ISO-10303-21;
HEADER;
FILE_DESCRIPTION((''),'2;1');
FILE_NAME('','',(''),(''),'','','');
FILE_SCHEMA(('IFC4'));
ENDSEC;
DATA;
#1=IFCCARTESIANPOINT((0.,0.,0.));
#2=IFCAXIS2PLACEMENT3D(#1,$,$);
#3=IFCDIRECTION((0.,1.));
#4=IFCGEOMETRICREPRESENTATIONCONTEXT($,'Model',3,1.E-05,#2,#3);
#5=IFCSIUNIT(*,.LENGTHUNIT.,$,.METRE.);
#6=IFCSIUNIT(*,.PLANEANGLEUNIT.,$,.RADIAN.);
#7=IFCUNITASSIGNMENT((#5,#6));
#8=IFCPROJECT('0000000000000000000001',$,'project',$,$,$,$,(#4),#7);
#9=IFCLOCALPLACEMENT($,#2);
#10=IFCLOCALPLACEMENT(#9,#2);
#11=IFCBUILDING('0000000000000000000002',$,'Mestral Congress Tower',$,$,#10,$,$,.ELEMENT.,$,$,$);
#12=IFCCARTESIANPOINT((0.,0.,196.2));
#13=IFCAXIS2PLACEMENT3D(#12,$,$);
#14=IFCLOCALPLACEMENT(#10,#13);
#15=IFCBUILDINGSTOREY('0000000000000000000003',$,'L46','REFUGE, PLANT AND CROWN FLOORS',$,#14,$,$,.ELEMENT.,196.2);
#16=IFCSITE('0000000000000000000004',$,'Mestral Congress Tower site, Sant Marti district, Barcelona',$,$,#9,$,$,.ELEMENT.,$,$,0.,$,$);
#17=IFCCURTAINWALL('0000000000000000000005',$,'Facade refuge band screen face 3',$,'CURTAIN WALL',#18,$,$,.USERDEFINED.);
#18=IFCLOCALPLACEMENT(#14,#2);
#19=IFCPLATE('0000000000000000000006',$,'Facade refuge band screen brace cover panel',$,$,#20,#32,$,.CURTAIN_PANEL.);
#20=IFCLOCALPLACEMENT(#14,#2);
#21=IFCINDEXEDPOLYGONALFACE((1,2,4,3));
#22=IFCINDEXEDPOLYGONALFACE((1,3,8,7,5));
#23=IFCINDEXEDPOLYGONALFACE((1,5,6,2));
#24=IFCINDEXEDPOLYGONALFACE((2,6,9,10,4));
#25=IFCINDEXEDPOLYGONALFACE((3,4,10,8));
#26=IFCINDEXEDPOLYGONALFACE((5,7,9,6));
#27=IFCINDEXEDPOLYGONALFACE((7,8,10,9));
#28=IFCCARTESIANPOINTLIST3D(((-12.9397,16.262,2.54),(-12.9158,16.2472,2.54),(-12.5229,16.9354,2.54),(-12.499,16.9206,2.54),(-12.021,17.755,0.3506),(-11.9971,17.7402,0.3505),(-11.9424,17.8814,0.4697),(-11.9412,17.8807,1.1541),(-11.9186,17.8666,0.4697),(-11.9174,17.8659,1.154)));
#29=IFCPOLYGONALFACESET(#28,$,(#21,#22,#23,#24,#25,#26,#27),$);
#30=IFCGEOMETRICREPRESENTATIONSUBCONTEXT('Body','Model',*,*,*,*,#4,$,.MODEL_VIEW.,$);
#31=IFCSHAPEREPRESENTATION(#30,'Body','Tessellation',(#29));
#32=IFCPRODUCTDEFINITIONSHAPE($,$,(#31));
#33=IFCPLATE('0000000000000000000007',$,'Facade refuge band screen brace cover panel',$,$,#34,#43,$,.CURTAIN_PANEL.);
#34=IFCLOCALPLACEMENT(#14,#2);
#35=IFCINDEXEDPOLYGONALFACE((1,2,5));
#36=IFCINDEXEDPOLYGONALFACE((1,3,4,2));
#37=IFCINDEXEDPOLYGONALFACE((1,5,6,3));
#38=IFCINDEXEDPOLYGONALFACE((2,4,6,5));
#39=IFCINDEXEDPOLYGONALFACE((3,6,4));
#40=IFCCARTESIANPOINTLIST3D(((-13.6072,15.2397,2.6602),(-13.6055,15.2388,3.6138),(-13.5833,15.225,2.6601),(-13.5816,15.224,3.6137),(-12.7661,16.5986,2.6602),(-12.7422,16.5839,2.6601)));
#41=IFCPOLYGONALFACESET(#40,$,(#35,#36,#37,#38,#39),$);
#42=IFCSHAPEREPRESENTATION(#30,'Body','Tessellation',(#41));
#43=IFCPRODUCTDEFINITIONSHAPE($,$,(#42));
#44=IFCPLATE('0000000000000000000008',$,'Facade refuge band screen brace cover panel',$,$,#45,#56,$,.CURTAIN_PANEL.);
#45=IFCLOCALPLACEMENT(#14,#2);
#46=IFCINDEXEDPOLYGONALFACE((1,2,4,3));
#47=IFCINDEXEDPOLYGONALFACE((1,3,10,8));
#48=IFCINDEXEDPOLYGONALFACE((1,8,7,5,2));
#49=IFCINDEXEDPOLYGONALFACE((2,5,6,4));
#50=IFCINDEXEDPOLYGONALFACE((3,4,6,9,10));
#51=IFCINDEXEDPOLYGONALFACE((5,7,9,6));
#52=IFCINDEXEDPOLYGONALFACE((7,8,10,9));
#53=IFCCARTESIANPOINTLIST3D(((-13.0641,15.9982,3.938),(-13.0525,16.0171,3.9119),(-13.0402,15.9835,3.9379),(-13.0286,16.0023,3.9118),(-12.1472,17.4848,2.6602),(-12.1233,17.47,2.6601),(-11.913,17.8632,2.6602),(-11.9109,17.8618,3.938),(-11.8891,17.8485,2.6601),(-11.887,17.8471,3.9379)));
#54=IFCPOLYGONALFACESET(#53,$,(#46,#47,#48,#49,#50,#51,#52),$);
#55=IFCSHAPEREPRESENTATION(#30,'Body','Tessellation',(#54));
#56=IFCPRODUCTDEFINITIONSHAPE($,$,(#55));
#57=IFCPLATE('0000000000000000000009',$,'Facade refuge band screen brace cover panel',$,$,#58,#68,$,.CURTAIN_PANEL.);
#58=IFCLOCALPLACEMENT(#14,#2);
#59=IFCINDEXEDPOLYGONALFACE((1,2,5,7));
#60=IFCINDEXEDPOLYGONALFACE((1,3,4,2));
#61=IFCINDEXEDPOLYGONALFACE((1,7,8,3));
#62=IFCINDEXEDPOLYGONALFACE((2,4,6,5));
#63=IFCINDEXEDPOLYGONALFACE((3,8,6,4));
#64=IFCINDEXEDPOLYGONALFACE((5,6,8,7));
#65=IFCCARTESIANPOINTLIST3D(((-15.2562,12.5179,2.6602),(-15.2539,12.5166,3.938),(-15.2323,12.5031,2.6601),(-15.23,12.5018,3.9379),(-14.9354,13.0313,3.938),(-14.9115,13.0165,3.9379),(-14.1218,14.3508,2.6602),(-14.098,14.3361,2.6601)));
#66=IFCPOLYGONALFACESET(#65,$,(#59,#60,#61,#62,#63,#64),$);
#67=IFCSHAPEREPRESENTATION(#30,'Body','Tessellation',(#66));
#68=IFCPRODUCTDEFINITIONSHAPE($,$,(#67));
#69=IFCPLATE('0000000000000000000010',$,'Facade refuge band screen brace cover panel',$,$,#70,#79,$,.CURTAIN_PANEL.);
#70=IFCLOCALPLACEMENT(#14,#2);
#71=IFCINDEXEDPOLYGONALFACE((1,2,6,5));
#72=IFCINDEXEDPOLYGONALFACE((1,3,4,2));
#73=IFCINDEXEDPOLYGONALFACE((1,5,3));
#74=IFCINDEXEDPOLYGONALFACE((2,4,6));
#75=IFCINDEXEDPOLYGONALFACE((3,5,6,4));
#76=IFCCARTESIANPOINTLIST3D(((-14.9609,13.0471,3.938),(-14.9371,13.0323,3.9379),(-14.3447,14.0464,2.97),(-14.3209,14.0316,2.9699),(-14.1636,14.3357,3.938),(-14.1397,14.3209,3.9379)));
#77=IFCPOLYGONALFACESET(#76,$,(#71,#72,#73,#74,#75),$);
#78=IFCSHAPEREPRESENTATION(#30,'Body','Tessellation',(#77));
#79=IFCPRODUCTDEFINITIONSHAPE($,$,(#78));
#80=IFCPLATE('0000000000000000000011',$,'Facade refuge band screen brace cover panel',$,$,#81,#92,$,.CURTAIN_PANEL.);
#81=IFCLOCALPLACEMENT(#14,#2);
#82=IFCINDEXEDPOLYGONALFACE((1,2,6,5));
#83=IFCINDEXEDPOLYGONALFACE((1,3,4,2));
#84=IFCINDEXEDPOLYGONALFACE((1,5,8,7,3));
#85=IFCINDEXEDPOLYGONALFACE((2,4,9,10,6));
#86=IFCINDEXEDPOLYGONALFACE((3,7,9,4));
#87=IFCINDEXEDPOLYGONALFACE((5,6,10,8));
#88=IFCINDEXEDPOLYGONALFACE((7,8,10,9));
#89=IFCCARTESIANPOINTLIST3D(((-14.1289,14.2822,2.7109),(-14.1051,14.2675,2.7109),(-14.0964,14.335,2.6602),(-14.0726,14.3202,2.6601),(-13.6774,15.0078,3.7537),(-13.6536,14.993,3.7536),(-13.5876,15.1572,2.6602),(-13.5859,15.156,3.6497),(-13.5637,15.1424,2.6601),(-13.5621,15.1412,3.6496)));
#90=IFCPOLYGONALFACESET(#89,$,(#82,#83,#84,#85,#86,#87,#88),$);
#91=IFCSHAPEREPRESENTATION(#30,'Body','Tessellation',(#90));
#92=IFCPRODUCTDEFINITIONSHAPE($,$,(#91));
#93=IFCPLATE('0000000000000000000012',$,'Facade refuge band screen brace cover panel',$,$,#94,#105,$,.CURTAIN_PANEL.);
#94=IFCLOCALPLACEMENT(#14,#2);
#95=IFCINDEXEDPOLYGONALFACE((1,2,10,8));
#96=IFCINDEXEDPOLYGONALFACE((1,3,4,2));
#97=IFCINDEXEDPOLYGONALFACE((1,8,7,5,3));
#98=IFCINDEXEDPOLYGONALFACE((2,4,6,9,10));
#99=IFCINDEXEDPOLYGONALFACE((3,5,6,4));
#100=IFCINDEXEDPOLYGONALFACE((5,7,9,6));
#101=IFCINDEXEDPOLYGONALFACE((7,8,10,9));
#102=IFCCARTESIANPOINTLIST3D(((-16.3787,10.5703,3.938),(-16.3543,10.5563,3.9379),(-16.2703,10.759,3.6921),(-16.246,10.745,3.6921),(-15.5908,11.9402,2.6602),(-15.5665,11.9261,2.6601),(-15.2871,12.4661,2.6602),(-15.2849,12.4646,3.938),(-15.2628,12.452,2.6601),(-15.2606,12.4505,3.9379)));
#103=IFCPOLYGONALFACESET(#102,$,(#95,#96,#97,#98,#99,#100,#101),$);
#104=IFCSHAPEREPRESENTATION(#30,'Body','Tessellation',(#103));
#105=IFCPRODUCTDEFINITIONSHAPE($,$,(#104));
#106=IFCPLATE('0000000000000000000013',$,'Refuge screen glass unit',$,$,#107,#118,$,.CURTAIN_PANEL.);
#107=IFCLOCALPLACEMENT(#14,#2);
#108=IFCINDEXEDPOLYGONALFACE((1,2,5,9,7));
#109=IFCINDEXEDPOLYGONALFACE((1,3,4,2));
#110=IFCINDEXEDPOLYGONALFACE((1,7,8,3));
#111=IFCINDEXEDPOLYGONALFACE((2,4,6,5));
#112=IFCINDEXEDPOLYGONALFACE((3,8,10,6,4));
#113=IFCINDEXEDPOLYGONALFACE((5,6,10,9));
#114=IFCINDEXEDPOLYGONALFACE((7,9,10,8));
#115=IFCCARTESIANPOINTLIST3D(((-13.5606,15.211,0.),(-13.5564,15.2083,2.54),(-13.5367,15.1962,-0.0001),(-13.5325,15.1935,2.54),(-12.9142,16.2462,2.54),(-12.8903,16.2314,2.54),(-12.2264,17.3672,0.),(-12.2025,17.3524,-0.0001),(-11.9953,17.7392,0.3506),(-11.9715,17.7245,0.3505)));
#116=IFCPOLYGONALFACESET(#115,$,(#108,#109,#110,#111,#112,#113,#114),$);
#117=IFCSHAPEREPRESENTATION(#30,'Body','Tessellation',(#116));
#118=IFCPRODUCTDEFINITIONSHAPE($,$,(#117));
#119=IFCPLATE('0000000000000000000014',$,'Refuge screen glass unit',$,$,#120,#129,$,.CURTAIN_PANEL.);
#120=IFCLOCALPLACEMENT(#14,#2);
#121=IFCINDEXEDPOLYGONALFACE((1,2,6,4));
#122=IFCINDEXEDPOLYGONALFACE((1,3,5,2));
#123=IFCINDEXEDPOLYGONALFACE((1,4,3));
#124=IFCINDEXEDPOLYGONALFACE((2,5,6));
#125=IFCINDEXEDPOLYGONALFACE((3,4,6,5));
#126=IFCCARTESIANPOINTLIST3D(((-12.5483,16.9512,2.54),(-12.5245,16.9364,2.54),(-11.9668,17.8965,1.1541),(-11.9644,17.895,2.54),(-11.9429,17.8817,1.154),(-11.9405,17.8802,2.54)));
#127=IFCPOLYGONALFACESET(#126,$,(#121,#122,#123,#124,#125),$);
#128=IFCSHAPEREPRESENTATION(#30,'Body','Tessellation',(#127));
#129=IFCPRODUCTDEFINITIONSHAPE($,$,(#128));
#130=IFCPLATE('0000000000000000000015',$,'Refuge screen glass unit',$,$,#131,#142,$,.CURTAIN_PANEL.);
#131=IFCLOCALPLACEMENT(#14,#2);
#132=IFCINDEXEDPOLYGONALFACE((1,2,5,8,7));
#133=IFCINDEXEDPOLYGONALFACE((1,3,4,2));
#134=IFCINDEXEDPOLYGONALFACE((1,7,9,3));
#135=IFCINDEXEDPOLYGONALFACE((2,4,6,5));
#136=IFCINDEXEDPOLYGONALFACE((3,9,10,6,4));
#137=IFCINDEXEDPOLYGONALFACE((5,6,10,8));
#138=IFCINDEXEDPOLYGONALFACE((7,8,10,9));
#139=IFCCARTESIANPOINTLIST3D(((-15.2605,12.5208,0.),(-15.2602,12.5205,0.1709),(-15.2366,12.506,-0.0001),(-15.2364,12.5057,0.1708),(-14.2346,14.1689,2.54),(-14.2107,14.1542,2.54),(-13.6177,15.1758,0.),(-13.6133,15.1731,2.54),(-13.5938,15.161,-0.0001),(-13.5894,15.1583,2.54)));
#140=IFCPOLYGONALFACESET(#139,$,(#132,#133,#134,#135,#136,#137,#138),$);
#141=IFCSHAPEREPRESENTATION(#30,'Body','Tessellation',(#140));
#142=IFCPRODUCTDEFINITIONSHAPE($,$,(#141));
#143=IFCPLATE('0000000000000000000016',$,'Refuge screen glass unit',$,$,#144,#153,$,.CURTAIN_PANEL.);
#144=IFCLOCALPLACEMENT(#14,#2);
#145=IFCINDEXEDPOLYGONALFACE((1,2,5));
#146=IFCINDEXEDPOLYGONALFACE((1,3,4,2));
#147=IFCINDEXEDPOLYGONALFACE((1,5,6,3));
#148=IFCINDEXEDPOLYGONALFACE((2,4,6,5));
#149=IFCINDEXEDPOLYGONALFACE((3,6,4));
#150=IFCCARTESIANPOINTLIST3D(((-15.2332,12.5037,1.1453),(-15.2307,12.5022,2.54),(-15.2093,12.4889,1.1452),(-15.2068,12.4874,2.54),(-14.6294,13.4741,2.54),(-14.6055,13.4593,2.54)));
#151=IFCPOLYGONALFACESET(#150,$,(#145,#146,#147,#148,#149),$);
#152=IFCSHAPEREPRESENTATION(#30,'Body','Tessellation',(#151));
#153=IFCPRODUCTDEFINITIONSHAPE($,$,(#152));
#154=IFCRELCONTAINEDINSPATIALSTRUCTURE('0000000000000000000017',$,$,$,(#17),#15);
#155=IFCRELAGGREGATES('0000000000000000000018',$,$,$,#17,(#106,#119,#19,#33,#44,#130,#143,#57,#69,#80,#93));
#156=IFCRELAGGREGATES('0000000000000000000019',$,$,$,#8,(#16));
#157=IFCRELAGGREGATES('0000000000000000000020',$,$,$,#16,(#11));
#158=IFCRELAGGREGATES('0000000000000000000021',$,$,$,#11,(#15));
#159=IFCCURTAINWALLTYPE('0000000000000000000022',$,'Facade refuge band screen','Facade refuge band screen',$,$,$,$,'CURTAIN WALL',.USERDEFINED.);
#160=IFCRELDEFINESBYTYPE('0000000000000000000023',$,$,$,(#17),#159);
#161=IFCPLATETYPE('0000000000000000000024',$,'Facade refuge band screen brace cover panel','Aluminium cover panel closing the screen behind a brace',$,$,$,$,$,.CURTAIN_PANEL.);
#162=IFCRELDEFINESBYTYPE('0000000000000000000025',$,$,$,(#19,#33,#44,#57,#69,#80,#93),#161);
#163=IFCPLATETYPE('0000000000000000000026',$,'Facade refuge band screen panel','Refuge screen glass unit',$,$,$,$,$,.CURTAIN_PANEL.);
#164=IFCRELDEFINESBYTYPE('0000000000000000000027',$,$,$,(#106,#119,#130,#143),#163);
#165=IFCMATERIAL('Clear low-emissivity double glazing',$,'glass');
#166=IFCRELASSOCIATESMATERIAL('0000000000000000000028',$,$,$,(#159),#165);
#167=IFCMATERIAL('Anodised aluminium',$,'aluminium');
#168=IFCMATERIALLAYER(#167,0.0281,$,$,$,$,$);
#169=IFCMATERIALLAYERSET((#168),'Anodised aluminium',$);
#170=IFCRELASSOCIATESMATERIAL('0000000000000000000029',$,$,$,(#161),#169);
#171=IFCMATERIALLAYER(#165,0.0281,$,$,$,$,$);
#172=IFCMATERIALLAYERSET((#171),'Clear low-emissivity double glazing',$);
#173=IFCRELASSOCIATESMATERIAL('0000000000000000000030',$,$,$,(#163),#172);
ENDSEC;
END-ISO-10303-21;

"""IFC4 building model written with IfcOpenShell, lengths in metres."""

from ifc_helpers import new_model, si_unit, direction, frame, origin, place, context, subcontext, project, spatial, polyline, outline, extrude, material, layer, layer_set, type_object, element, aggregate, save


model = new_model("IFC4")

# Units and contexts
model_context = context("Model", 3, precision=1e-05, world=origin(), true_north=direction((0.0, 1.0)))
body_context = subcontext(model_context, "Body", "Model", "MODEL_VIEW")
ifc_project = project(units=[si_unit("LENGTHUNIT", "METRE"), si_unit("PLANEANGLEUNIT", "RADIAN")], contexts=[model_context])

# Site, building, storey
site_placement = place(None, origin())
site = spatial("IfcSite", under=ifc_project, at=site_placement, Name="Mestral Congress Tower site, Sant Marti district, Barcelona", CompositionType="ELEMENT", RefElevation=0.0)
building_placement = place(site_placement, origin())
building = spatial("IfcBuilding", under=site, at=building_placement, Name="Mestral Congress Tower", CompositionType="ELEMENT")
storey_placement = place(building_placement, frame((0.0, 0.0, 196.2)))
storey = spatial("IfcBuildingStorey", under=building, at=storey_placement, Name="L46", Description="REFUGE, PLANT AND CROWN FLOORS", CompositionType="ELEMENT", Elevation=196.2)

# Curtain wall
ifc_material_1 = material(Name="Clear low-emissivity double glazing", Category="glass")
curtain_wall_type = type_object("IfcCurtainWallType", Name="Facade refuge band screen", Description="Facade refuge band screen", ElementType="CURTAIN WALL", PredefinedType="USERDEFINED", material=ifc_material_1)
curtain_wall_placement = place(storey_placement, origin())
curtain_wall = element("IfcCurtainWall", 1, at=curtain_wall_placement, inside=storey, type_object=curtain_wall_type, Name="Facade refuge band screen face 3", ObjectType="CURTAIN WALL", PredefinedType="USERDEFINED")
ifc_material_2 = material(Name="Anodised aluminium", Category="aluminium")

# Plates
ifc_layer_1 = layer(ifc_material_2, 0.0281)
ifc_layer_set_1 = layer_set([ifc_layer_1], Name="Anodised aluminium")
plate_type_1 = type_object("IfcPlateType", Name="Facade refuge band screen brace cover panel", Description="Aluminium cover panel closing the screen behind a brace", PredefinedType="CURTAIN_PANEL", material=ifc_layer_set_1)
plate_1_placement = place(storey_placement, frame((-12.9397, 16.262, 2.54), z_axis=(-0.850307, 0.526283, 0.00208), x_axis=(0.327558, 0.532316, -0.780606)))
plate_1 = element("IfcPlate", 2, at=plate_1_placement, type_object=plate_type_1, Name="Facade refuge band screen brace cover panel", PredefinedType="CURTAIN_PANEL", context=body_context, shape_type="SweptSolid", body=[
    extrude(outline(polyline([(0.0, 0.0), (2.8048, 0.0), (2.8048, -0.1906), (2.2706, -0.6183), (0.495, -0.6182), (0.0, 0.0)])), origin(), (0.0, 0.0, -1.0), 0.0281),
])
plate_2_placement = place(storey_placement, frame((-12.7661, 16.5986, 2.6602), z_axis=(-0.850306, 0.526285, 0.002063), x_axis=(-0.451037, -0.730737, 0.512434)))
plate_2 = element("IfcPlate", 3, at=plate_2_placement, type_object=plate_type_1, Name="Facade refuge band screen brace cover panel", PredefinedType="CURTAIN_PANEL", context=body_context, shape_type="SweptSolid", body=[
    extrude(outline(polyline([(0.0, 0.0), (1.8609, 0.0), (1.3723, -0.8189), (0.0, 0.0)])), origin(), (0.0, 0.0, -1.0), 0.0281),
])
plate_3_placement = place(storey_placement, frame((-13.0525, 16.0171, 3.9119), z_axis=(-0.850359, 0.526199, 0.001963), x_axis=(0.424866, 0.688792, -0.587414)))
plate_3 = element("IfcPlate", 4, at=plate_3_placement, type_object=plate_type_1, Name="Facade refuge band screen brace cover panel", PredefinedType="CURTAIN_PANEL", context=body_context, shape_type="SweptSolid", body=[
    extrude(outline(polyline([(0.0, 0.0), (2.1309, 0.0), (2.491, -0.2614), (1.7403, -1.2955), (-0.0333, -0.0081), (0.0, 0.0)])), origin(), (0.0, 0.0, -1.0), 0.0281),
])
plate_4_placement = place(storey_placement, frame((-15.2539, 12.5166, 3.938), z_axis=(-0.850333, 0.526241, 0.002035), x_axis=(-0.001779, 0.000992, -0.999998)))
plate_4 = element("IfcPlate", 5, at=plate_4_placement, type_object=plate_type_1, Name="Facade refuge band screen brace cover panel", PredefinedType="CURTAIN_PANEL", context=body_context, shape_type="SweptSolid", body=[
    extrude(outline(polyline([(0.0, 0.0), (1.2778, 0.0), (1.2776, -2.1556), (-0.0001, -0.6053), (0.0, 0.0)])), origin(), (0.0, 0.0, -1.0), 0.0281),
])
plate_5_placement = place(storey_placement, frame((-14.9609, 13.0471, 3.938), z_axis=(-0.85036, 0.526198, 0.001872), x_axis=(0.404972, 0.656715, -0.636178)))
plate_5 = element("IfcPlate", 6, at=plate_5_placement, type_object=plate_type_1, Name="Facade refuge band screen brace cover panel", PredefinedType="CURTAIN_PANEL", context=body_context, shape_type="SweptSolid", body=[
    extrude(outline(polyline([(0.0, 0.0), (1.5216, 0.0), (1.1691, -0.964), (0.0, 0.0)])), origin(), (0.0, 0.0, -1.0), 0.0281),
])
plate_6_placement = place(storey_placement, frame((-14.0964, 14.335, 2.6602), z_axis=(-0.850347, 0.526218, 0.002059), x_axis=(0.52622, 0.850349, 0.0)))
plate_6 = element("IfcPlate", 7, at=plate_6_placement, type_object=plate_type_1, Name="Facade refuge band screen brace cover panel", PredefinedType="CURTAIN_PANEL", context=body_context, shape_type="SweptSolid", body=[
    extrude(outline(polyline([(0.0, 0.0), (0.9669, 0.0), (0.9668, -0.9895), (0.7926, -1.0935), (-0.0619, -0.0508), (0.0, 0.0)])), origin(), (0.0, 0.0, -1.0), 0.0281),
])
plate_7_placement = place(storey_placement, frame((-15.2871, 12.4661, 2.6602), z_axis=(-0.866001, 0.500038, 0.002089), x_axis=(0.001743, -0.00116, 0.999998)))
plate_7 = element("IfcPlate", 8, at=plate_7_placement, type_object=plate_type_1, Name="Facade refuge band screen brace cover panel", PredefinedType="CURTAIN_PANEL", context=body_context, shape_type="SweptSolid", body=[
    extrude(outline(polyline([(0.0, 0.0), (1.2778, 0.0), (1.2781, -2.1874), (1.0322, -1.9698), (0.0001, -0.6073), (0.0, 0.0)])), origin(), (0.0, 0.0, -1.0), 0.0281),
])
ifc_layer_2 = layer(ifc_material_1, 0.0281)
ifc_layer_set_2 = layer_set([ifc_layer_2], Name="Clear low-emissivity double glazing")
plate_type_2 = type_object("IfcPlateType", Name="Facade refuge band screen panel", Description="Refuge screen glass unit", PredefinedType="CURTAIN_PANEL", material=ifc_layer_set_2)
plate_8_placement = place(storey_placement, frame((-13.5564, 15.2083, 2.54), z_axis=(-0.850363, 0.526193, 0.001972), x_axis=(-0.001656, 0.001071, -0.999998)))
plate_8 = element("IfcPlate", 9, at=plate_8_placement, type_object=plate_type_2, Name="Refuge screen glass unit", PredefinedType="CURTAIN_PANEL", context=body_context, shape_type="SweptSolid", body=[
    extrude(outline(polyline([(0.0, 0.0), (2.54, 0.0), (2.5401, -2.5357), (2.1896, -2.9736), (0.0, -1.2205), (0.0, 0.0)])), origin(), (0.0, 0.0, -1.0), 0.0281),
])
plate_9_placement = place(storey_placement, frame((-11.9644, 17.895, 2.54), z_axis=(-0.850385, 0.526157, 0.002054), x_axis=(-0.526158, -0.850387, 0.0)))
plate_9 = element("IfcPlate", 10, at=plate_9_placement, type_object=plate_type_2, Name="Refuge screen glass unit", PredefinedType="CURTAIN_PANEL", context=body_context, shape_type="SweptSolid", body=[
    extrude(outline(polyline([(0.0, 0.0), (1.1099, 0.0), (0.0, -1.386), (0.0, 0.0)])), origin(), (0.0, 0.0, -1.0), 0.0281),
])
plate_10_placement = place(storey_placement, frame((-13.6133, 15.1731, 2.54), z_axis=(-0.850371, 0.52618, 0.002023), x_axis=(-0.526181, -0.850373, 0.0)))
plate_10 = element("IfcPlate", 11, at=plate_10_placement, type_object=plate_type_2, Name="Refuge screen glass unit", PredefinedType="CURTAIN_PANEL", context=body_context, shape_type="SweptSolid", body=[
    extrude(outline(polyline([(0.0, 0.0), (1.1808, 0.0), (3.1223, -2.3691), (3.1222, -2.54), (0.0, -2.54), (0.0, 0.0)])), origin(), (0.0, 0.0, -1.0), 0.0281),
])
plate_11_placement = place(storey_placement, frame((-15.2307, 12.5022, 2.54), z_axis=(-0.8504, 0.526133, 0.002041), x_axis=(-0.00175, 0.00105, -0.999998)))
plate_11 = element("IfcPlate", 12, at=plate_11_placement, type_object=plate_type_2, Name="Refuge screen glass unit", PredefinedType="CURTAIN_PANEL", context=body_context, shape_type="SweptSolid", body=[
    extrude(outline(polyline([(0.0, 0.0), (1.3948, 0.0), (0.0, -1.1429), (0.0, 0.0)])), origin(), (0.0, 0.0, -1.0), 0.0281),
])
aggregate(curtain_wall, [plate_8, plate_9, plate_1, plate_2, plate_3, plate_10, plate_11, plate_4, plate_5, plate_6, plate_7])

save(model, "model.ifc")
